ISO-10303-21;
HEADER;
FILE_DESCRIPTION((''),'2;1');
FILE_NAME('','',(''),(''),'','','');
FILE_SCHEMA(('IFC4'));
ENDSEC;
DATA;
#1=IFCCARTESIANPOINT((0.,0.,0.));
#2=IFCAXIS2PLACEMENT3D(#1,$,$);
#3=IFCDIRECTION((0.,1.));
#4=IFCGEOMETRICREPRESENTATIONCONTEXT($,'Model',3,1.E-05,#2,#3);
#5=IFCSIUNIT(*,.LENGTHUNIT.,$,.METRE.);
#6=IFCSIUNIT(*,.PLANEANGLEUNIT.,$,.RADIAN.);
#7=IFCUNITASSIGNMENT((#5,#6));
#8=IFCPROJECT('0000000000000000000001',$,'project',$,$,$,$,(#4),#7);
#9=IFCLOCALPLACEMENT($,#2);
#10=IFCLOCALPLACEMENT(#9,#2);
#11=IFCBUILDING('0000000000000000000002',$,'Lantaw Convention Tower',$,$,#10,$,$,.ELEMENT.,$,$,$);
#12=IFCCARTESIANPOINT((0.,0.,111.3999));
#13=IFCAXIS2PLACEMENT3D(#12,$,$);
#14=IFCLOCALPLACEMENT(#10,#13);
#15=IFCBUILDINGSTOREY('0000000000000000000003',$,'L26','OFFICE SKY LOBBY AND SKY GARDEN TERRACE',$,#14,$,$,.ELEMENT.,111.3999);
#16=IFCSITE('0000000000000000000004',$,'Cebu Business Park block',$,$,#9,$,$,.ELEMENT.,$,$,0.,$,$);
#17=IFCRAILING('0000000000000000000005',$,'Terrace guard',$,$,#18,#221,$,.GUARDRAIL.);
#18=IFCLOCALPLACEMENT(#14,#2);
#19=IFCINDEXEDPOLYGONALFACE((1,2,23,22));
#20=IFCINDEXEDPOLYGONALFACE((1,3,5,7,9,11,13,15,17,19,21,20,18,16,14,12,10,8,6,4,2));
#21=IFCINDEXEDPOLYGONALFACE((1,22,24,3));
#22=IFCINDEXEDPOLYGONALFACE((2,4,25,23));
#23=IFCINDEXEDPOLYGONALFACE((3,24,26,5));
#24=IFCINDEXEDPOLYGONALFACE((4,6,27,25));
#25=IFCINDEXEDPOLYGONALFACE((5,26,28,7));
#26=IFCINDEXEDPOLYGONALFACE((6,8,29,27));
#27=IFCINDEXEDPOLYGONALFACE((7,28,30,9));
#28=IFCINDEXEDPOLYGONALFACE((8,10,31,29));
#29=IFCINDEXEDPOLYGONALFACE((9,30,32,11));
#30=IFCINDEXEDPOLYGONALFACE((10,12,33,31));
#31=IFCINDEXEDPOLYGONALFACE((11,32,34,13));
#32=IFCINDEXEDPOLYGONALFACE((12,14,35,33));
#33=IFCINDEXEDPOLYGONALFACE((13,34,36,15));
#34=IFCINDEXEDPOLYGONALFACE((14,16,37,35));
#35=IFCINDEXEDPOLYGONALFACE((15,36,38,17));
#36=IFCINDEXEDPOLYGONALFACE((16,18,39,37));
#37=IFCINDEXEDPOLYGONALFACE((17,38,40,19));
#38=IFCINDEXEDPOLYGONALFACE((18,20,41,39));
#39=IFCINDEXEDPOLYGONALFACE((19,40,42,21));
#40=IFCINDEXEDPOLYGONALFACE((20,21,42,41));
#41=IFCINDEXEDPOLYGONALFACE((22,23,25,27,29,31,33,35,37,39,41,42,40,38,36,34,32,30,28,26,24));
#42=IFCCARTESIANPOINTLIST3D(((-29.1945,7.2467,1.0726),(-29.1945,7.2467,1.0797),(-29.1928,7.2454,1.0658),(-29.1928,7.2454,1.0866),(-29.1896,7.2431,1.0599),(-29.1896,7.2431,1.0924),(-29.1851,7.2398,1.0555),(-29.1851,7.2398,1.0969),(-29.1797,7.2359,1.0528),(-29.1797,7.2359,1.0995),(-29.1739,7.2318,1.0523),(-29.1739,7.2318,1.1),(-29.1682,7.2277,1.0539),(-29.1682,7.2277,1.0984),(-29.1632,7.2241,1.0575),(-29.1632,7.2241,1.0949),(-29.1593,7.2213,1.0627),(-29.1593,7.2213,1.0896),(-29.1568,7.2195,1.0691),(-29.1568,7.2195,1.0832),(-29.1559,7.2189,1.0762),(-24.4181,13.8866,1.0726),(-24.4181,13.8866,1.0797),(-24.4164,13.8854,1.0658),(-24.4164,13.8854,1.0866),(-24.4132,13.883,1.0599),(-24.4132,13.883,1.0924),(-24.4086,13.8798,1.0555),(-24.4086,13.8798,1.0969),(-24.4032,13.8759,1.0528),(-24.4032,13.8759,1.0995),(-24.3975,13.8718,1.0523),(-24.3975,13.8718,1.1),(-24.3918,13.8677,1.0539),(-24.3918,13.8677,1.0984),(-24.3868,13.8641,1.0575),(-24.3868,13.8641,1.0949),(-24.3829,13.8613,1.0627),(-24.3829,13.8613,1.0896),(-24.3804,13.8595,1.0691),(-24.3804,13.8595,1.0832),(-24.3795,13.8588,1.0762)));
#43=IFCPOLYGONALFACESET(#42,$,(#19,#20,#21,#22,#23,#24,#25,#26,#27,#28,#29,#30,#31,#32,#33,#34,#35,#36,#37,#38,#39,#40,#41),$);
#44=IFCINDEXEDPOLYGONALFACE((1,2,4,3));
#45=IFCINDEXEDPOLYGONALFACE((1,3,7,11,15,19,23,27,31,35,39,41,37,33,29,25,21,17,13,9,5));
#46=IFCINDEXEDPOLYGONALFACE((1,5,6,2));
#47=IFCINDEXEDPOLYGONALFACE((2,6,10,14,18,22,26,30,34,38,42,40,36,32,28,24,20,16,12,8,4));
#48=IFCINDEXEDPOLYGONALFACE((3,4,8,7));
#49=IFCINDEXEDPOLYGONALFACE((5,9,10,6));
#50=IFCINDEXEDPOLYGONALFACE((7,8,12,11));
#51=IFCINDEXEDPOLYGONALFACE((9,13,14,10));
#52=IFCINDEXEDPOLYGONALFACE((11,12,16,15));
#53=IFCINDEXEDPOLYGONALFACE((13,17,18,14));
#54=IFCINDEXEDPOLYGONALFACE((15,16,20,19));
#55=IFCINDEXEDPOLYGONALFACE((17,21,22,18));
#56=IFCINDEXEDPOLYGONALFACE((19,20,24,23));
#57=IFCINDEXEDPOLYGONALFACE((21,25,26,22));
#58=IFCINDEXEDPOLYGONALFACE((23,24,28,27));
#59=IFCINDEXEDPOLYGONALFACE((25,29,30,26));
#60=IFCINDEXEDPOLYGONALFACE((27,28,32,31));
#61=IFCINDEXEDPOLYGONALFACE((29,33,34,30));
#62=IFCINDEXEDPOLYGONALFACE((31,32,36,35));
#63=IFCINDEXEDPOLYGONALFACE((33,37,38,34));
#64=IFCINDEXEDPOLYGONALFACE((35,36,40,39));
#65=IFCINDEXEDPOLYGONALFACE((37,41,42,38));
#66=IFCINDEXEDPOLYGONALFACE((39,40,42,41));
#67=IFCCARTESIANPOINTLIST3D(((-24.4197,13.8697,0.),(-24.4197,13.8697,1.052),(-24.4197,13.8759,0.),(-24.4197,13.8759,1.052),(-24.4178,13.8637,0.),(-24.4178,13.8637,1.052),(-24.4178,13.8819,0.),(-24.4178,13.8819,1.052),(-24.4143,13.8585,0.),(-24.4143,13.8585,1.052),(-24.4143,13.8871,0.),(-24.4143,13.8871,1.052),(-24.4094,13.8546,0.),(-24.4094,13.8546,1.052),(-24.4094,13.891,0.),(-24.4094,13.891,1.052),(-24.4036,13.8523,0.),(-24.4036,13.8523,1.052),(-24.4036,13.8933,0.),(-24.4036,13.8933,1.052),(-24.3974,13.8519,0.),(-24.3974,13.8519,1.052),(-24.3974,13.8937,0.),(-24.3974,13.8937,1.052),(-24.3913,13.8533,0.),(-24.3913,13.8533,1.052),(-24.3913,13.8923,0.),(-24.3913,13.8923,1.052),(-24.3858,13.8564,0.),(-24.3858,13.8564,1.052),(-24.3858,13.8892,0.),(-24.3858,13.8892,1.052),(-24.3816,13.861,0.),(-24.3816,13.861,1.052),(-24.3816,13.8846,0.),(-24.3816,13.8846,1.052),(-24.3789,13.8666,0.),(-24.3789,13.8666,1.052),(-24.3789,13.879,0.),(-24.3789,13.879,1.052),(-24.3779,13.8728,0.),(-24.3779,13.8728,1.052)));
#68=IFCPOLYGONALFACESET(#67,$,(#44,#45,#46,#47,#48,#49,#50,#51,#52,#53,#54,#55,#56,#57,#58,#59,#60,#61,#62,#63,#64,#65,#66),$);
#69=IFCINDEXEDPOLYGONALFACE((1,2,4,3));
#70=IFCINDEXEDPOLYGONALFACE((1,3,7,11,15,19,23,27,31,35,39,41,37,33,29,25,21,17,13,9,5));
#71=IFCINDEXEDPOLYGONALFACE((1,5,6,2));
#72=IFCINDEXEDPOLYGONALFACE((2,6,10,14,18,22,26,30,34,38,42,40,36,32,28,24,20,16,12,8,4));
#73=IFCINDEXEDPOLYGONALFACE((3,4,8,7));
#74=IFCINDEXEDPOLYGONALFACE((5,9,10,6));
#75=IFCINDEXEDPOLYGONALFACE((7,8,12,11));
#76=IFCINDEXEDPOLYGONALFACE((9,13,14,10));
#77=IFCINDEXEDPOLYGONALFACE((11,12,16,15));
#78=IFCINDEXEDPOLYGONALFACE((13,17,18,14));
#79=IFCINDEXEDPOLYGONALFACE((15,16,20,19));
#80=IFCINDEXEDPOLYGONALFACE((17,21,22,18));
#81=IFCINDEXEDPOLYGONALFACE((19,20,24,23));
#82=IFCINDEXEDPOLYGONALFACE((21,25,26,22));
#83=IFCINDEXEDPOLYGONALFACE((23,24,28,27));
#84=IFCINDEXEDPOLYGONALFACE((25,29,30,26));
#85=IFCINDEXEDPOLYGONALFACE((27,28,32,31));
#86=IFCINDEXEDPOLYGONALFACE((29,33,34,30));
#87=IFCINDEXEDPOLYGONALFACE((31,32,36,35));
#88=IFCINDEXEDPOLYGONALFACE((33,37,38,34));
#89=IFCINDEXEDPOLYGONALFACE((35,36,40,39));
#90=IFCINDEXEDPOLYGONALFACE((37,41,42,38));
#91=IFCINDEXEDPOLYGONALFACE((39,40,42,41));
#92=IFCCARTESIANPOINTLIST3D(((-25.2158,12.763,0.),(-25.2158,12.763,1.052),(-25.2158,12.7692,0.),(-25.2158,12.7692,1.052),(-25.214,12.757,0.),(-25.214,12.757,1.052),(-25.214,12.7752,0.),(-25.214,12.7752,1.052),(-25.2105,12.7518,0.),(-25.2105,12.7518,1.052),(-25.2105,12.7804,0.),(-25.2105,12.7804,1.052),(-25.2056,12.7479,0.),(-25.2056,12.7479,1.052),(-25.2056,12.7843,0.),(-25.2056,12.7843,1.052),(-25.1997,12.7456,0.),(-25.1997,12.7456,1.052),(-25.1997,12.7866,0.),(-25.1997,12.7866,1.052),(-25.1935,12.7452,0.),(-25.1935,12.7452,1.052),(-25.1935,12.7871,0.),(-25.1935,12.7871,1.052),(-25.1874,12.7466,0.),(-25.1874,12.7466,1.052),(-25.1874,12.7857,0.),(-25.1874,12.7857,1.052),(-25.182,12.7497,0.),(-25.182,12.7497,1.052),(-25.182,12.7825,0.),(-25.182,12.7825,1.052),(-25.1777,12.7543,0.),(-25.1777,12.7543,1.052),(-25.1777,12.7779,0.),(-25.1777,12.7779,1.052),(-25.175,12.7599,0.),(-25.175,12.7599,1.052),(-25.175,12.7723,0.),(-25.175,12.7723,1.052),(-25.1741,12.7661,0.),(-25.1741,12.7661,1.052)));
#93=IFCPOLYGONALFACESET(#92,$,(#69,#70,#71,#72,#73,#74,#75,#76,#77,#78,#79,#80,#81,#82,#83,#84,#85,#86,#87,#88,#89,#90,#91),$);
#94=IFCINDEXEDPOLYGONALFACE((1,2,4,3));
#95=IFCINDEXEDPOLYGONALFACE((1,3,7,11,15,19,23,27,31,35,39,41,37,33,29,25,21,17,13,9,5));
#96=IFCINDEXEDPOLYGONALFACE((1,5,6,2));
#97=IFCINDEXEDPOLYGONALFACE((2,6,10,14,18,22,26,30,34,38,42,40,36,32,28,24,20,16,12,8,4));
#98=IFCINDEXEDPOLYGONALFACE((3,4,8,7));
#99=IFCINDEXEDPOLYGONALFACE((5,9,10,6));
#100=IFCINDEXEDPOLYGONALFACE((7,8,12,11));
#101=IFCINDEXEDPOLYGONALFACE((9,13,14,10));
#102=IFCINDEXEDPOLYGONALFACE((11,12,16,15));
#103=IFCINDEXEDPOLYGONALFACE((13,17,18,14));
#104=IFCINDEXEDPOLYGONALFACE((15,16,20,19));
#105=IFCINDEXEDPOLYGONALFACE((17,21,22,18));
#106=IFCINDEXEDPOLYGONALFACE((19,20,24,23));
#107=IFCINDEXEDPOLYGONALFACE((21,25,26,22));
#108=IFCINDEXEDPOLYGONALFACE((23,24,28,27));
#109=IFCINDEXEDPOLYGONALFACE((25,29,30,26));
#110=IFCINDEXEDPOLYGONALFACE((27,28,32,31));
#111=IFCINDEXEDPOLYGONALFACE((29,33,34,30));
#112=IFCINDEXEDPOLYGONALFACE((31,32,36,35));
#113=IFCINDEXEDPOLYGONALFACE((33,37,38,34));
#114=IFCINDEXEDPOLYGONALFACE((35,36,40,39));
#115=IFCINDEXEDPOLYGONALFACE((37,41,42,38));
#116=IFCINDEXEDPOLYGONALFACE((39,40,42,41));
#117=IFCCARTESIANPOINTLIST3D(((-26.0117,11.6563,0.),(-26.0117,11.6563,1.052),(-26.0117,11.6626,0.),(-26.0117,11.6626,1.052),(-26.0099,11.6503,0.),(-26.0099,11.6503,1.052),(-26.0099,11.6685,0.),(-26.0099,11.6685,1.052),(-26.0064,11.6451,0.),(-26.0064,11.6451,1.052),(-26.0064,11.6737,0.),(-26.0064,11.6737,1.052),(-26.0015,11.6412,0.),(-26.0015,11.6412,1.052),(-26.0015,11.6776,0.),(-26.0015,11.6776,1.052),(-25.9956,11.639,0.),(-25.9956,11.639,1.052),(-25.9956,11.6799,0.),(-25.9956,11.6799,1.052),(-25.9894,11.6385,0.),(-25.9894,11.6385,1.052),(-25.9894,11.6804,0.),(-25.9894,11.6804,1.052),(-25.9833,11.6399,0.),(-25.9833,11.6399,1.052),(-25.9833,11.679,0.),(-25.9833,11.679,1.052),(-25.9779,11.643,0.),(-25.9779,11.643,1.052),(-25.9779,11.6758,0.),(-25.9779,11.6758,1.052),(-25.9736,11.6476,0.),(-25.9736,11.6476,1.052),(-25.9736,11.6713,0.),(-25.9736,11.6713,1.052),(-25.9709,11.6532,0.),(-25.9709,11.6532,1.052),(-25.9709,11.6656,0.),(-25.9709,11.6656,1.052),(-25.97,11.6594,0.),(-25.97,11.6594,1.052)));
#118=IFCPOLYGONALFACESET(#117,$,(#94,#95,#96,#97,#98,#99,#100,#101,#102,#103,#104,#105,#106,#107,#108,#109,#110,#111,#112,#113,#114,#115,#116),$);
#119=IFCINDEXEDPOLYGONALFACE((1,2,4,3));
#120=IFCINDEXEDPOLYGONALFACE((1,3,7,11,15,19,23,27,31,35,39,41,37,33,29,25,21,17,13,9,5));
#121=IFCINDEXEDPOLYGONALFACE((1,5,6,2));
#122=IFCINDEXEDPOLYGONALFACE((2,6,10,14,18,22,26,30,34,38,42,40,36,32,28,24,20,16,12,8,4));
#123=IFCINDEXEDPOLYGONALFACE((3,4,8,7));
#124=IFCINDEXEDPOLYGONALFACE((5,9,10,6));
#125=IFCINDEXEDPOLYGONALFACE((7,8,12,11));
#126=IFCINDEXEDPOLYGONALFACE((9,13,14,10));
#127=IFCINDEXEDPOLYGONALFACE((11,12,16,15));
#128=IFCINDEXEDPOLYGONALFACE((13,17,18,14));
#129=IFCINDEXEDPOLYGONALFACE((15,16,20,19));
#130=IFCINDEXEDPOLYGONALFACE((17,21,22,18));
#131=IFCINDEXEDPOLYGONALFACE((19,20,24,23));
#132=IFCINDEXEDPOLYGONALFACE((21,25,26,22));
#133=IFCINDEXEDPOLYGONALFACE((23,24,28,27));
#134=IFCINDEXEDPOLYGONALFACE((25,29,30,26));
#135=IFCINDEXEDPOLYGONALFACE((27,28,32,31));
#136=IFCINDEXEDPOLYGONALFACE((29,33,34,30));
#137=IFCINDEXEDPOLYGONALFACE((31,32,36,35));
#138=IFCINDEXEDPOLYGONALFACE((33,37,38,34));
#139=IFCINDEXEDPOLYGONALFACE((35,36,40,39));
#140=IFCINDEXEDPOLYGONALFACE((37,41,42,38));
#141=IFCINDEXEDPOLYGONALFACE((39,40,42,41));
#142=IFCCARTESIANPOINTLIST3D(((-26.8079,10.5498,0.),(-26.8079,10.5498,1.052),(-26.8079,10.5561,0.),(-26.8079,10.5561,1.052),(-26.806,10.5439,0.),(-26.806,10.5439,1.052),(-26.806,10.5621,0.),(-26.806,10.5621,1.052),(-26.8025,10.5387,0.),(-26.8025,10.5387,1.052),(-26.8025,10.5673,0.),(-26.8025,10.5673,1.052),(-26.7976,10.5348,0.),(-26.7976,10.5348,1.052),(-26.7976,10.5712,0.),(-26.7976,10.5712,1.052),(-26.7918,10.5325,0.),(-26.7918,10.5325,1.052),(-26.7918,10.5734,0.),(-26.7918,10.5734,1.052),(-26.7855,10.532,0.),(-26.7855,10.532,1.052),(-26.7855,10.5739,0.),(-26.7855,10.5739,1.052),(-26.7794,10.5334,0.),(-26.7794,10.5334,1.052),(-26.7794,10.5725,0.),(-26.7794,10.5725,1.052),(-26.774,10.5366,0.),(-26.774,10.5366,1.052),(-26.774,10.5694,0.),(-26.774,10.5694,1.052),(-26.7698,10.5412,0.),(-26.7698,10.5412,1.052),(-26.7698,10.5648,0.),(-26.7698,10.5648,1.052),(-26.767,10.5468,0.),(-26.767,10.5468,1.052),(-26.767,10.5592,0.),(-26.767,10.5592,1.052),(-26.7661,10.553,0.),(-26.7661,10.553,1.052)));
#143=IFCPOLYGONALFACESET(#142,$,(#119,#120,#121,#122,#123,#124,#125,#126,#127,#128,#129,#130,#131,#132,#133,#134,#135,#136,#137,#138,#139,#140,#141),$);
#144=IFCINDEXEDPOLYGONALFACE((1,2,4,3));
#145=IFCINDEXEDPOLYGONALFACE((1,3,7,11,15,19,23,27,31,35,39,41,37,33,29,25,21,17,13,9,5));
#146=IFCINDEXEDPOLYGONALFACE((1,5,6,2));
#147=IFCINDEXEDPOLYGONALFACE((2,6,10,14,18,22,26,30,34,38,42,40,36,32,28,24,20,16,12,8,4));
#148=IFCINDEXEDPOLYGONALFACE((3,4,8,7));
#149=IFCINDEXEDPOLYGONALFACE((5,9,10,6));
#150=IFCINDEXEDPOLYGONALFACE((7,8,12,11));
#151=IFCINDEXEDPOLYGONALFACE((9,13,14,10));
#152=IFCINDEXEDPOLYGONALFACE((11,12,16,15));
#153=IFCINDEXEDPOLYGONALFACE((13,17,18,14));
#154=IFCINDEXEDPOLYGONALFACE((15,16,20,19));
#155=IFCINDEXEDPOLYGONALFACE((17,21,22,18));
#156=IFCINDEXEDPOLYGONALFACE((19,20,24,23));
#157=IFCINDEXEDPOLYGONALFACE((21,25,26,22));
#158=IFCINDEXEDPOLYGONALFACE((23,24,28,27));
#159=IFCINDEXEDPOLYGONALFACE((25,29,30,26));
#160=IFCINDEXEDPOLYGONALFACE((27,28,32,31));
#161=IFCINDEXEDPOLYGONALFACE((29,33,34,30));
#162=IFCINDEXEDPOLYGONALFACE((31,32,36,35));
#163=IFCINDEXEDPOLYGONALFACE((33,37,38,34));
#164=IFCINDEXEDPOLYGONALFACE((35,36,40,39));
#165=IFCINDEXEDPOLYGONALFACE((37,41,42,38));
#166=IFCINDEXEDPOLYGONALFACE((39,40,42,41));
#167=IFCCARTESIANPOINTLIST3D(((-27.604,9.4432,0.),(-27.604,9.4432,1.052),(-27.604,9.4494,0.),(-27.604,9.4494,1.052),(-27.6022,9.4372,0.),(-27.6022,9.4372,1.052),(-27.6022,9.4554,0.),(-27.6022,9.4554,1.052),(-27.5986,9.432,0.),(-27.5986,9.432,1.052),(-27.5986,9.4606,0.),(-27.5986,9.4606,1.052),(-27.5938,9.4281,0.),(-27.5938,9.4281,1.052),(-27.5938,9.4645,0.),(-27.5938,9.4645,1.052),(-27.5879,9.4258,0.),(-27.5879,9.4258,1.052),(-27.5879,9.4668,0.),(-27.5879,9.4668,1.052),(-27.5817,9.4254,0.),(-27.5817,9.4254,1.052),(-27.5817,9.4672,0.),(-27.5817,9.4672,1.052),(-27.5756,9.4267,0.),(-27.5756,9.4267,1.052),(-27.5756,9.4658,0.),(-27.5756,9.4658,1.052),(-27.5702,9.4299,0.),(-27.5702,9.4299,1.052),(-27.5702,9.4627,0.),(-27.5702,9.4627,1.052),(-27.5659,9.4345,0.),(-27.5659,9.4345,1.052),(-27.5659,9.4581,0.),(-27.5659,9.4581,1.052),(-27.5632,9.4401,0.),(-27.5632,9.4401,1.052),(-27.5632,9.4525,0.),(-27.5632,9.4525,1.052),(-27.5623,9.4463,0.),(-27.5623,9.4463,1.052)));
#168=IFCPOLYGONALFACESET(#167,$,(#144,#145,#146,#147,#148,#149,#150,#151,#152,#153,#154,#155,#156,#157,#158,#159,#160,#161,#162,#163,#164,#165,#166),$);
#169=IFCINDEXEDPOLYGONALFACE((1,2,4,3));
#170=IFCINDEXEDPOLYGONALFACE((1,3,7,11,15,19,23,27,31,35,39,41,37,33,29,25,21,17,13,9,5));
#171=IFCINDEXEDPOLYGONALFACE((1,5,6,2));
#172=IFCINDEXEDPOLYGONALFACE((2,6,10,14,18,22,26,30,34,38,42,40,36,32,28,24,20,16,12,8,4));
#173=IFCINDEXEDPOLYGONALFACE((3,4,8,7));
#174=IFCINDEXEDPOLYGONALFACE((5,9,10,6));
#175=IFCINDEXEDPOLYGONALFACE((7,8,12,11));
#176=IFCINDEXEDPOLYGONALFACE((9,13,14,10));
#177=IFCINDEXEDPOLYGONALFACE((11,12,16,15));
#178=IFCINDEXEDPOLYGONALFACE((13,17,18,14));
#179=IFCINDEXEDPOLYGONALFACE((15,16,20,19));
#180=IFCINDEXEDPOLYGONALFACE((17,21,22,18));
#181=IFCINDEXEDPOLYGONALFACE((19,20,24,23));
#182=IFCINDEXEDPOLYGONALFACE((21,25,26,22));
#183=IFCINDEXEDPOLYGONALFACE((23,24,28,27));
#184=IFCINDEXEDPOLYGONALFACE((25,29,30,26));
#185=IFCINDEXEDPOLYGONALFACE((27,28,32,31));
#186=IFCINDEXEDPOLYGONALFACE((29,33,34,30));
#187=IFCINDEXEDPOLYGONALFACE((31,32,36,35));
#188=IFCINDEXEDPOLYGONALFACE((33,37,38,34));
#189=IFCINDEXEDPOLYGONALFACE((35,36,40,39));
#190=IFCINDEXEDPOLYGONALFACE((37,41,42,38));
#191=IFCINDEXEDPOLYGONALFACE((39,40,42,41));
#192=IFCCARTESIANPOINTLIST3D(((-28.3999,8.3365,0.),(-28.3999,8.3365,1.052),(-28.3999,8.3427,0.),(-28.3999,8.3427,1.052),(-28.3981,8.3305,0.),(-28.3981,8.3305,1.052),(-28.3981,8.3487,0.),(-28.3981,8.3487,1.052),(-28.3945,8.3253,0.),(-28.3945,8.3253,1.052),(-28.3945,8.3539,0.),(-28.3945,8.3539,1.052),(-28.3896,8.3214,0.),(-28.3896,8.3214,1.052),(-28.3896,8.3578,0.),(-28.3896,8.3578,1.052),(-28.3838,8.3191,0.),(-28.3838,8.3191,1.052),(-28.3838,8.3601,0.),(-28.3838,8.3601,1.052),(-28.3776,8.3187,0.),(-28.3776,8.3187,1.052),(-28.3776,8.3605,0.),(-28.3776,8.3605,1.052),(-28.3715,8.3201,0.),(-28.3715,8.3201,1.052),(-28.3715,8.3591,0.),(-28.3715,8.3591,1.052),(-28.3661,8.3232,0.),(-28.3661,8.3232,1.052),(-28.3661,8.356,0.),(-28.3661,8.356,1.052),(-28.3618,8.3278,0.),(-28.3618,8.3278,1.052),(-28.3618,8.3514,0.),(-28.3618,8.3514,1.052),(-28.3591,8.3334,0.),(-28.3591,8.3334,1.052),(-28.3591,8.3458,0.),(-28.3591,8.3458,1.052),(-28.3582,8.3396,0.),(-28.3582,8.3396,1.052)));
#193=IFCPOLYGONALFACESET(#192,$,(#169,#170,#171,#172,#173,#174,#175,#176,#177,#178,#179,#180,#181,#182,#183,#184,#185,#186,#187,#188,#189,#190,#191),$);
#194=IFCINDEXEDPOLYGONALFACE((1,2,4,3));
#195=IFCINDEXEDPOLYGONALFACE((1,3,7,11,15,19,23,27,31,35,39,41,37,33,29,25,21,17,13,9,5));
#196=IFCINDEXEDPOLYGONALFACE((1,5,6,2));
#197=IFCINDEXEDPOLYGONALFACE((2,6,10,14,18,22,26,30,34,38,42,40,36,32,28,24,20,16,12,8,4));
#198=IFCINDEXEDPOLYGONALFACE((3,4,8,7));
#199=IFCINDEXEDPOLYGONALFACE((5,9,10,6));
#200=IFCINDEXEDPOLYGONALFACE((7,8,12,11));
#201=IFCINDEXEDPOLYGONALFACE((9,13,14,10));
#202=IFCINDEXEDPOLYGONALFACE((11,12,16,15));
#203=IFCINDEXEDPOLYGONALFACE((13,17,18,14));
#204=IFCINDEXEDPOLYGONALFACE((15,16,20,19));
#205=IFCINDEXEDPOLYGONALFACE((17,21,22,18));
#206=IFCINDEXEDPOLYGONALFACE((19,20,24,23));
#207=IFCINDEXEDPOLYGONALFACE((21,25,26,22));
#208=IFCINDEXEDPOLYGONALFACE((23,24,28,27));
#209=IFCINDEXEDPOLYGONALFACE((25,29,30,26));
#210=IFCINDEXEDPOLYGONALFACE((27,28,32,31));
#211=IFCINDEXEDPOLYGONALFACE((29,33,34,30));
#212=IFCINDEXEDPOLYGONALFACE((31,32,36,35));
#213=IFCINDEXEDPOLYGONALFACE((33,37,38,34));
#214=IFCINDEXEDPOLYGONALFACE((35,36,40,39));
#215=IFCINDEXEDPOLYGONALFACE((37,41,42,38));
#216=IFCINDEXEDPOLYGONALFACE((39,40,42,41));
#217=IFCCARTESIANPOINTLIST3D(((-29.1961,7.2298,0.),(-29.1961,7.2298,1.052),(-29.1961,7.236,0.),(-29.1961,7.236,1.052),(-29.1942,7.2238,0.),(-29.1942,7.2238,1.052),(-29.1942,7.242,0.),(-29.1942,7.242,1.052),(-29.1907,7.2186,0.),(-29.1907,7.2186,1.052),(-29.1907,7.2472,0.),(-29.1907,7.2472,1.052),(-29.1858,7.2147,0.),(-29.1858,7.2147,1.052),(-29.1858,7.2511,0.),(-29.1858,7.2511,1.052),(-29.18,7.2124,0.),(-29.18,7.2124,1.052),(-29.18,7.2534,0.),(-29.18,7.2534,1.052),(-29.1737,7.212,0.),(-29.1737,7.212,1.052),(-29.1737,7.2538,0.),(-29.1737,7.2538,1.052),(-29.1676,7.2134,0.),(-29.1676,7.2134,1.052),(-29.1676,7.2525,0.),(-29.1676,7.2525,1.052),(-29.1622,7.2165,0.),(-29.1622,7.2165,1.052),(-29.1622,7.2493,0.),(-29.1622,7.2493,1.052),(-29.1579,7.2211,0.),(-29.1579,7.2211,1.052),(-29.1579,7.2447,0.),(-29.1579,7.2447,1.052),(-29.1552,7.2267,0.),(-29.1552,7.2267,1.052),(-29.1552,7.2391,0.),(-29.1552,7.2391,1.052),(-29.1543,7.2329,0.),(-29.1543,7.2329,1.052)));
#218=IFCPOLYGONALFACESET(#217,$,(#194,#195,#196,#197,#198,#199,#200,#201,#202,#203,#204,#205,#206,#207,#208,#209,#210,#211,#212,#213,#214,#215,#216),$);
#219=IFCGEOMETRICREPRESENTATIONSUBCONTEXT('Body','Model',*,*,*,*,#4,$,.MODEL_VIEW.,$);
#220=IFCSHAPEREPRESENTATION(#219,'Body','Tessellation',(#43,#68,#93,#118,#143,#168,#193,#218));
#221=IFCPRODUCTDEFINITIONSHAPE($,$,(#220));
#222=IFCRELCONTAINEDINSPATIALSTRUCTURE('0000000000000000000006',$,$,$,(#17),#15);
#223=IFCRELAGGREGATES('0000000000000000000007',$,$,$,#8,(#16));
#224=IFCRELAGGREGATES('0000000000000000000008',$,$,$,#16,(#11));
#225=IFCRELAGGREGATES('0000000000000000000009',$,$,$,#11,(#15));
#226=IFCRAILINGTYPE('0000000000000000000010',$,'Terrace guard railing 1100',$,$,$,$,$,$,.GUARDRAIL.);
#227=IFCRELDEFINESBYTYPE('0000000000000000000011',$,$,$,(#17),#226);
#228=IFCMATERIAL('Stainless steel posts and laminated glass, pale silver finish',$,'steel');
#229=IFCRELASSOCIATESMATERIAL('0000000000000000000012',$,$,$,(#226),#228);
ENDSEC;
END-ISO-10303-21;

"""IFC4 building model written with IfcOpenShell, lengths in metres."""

from ifc_helpers import new_model, si_unit, direction, frame, origin, origin_2d, place, context, subcontext, project, spatial, circle, extrude, material, type_object, element, save


model = new_model("IFC4")

# Units and contexts
model_context = context("Model", 3, precision=1e-05, world=origin(), true_north=direction((0.0, 1.0)))
body_context = subcontext(model_context, "Body", "Model", "MODEL_VIEW")
ifc_project = project(units=[si_unit("LENGTHUNIT", "METRE"), si_unit("PLANEANGLEUNIT", "RADIAN")], contexts=[model_context])

# Site, building, storey
site_placement = place(None, origin())
site = spatial("IfcSite", under=ifc_project, at=site_placement, Name="Cebu Business Park block", CompositionType="ELEMENT", RefElevation=0.0)
building_placement = place(site_placement, origin())
building = spatial("IfcBuilding", under=site, at=building_placement, Name="Lantaw Convention Tower", CompositionType="ELEMENT")
storey_placement = place(building_placement, frame((0.0, 0.0, 111.3999)))
storey = spatial("IfcBuildingStorey", under=building, at=storey_placement, Name="L26", Description="OFFICE SKY LOBBY AND SKY GARDEN TERRACE", CompositionType="ELEMENT", Elevation=111.3999)

# Railing
ifc_material_1 = material(Name="Stainless steel posts and laminated glass, pale silver finish", Category="steel")
railing_type = type_object("IfcRailingType", Name="Terrace guard railing 1100", PredefinedType="GUARDRAIL", material=ifc_material_1)
railing_placement = place(storey_placement, frame((-24.3989, 13.8728, 0.0)))
element("IfcRailing", 1, at=railing_placement, inside=storey, type_object=railing_type, Name="Terrace guard", PredefinedType="GUARDRAIL", context=body_context, shape_type="SweptSolid", body=[
    extrude(circle(Radius=0.0239, at=origin_2d()), frame((0.0, 0.0, 1.0762), z_axis=(-0.583954, -0.811787, 0.0), x_axis=(0.811787, -0.583954, 0.0)), (0.0, 0.0, 1.0), 8.1794),
    extrude(circle(Radius=0.021, at=origin_2d()), origin(), (0.0, 0.0, 1.0), 1.052),
    extrude(circle(Radius=0.021, at=origin_2d()), frame((-0.7961, -1.1067, 0.0)), (0.0, 0.0, 1.0), 1.052),
    extrude(circle(Radius=0.021, at=origin_2d()), frame((-1.592, -2.2134, 0.0)), (0.0, 0.0, 1.0), 1.052),
    extrude(circle(Radius=0.021, at=origin_2d()), frame((-2.3882, -3.3198, 0.0)), (0.0, 0.0, 1.0), 1.052),
    extrude(circle(Radius=0.021, at=origin_2d()), frame((-3.1843, -4.4265, 0.0)), (0.0, 0.0, 1.0), 1.052),
    extrude(circle(Radius=0.021, at=origin_2d()), frame((-3.9802, -5.5332, 0.0)), (0.0, 0.0, 1.0), 1.052),
    extrude(circle(Radius=0.021, at=origin_2d()), frame((-4.7764, -6.6399, 0.0)), (0.0, 0.0, 1.0), 1.052),
])

save(model, "model.ifc")
